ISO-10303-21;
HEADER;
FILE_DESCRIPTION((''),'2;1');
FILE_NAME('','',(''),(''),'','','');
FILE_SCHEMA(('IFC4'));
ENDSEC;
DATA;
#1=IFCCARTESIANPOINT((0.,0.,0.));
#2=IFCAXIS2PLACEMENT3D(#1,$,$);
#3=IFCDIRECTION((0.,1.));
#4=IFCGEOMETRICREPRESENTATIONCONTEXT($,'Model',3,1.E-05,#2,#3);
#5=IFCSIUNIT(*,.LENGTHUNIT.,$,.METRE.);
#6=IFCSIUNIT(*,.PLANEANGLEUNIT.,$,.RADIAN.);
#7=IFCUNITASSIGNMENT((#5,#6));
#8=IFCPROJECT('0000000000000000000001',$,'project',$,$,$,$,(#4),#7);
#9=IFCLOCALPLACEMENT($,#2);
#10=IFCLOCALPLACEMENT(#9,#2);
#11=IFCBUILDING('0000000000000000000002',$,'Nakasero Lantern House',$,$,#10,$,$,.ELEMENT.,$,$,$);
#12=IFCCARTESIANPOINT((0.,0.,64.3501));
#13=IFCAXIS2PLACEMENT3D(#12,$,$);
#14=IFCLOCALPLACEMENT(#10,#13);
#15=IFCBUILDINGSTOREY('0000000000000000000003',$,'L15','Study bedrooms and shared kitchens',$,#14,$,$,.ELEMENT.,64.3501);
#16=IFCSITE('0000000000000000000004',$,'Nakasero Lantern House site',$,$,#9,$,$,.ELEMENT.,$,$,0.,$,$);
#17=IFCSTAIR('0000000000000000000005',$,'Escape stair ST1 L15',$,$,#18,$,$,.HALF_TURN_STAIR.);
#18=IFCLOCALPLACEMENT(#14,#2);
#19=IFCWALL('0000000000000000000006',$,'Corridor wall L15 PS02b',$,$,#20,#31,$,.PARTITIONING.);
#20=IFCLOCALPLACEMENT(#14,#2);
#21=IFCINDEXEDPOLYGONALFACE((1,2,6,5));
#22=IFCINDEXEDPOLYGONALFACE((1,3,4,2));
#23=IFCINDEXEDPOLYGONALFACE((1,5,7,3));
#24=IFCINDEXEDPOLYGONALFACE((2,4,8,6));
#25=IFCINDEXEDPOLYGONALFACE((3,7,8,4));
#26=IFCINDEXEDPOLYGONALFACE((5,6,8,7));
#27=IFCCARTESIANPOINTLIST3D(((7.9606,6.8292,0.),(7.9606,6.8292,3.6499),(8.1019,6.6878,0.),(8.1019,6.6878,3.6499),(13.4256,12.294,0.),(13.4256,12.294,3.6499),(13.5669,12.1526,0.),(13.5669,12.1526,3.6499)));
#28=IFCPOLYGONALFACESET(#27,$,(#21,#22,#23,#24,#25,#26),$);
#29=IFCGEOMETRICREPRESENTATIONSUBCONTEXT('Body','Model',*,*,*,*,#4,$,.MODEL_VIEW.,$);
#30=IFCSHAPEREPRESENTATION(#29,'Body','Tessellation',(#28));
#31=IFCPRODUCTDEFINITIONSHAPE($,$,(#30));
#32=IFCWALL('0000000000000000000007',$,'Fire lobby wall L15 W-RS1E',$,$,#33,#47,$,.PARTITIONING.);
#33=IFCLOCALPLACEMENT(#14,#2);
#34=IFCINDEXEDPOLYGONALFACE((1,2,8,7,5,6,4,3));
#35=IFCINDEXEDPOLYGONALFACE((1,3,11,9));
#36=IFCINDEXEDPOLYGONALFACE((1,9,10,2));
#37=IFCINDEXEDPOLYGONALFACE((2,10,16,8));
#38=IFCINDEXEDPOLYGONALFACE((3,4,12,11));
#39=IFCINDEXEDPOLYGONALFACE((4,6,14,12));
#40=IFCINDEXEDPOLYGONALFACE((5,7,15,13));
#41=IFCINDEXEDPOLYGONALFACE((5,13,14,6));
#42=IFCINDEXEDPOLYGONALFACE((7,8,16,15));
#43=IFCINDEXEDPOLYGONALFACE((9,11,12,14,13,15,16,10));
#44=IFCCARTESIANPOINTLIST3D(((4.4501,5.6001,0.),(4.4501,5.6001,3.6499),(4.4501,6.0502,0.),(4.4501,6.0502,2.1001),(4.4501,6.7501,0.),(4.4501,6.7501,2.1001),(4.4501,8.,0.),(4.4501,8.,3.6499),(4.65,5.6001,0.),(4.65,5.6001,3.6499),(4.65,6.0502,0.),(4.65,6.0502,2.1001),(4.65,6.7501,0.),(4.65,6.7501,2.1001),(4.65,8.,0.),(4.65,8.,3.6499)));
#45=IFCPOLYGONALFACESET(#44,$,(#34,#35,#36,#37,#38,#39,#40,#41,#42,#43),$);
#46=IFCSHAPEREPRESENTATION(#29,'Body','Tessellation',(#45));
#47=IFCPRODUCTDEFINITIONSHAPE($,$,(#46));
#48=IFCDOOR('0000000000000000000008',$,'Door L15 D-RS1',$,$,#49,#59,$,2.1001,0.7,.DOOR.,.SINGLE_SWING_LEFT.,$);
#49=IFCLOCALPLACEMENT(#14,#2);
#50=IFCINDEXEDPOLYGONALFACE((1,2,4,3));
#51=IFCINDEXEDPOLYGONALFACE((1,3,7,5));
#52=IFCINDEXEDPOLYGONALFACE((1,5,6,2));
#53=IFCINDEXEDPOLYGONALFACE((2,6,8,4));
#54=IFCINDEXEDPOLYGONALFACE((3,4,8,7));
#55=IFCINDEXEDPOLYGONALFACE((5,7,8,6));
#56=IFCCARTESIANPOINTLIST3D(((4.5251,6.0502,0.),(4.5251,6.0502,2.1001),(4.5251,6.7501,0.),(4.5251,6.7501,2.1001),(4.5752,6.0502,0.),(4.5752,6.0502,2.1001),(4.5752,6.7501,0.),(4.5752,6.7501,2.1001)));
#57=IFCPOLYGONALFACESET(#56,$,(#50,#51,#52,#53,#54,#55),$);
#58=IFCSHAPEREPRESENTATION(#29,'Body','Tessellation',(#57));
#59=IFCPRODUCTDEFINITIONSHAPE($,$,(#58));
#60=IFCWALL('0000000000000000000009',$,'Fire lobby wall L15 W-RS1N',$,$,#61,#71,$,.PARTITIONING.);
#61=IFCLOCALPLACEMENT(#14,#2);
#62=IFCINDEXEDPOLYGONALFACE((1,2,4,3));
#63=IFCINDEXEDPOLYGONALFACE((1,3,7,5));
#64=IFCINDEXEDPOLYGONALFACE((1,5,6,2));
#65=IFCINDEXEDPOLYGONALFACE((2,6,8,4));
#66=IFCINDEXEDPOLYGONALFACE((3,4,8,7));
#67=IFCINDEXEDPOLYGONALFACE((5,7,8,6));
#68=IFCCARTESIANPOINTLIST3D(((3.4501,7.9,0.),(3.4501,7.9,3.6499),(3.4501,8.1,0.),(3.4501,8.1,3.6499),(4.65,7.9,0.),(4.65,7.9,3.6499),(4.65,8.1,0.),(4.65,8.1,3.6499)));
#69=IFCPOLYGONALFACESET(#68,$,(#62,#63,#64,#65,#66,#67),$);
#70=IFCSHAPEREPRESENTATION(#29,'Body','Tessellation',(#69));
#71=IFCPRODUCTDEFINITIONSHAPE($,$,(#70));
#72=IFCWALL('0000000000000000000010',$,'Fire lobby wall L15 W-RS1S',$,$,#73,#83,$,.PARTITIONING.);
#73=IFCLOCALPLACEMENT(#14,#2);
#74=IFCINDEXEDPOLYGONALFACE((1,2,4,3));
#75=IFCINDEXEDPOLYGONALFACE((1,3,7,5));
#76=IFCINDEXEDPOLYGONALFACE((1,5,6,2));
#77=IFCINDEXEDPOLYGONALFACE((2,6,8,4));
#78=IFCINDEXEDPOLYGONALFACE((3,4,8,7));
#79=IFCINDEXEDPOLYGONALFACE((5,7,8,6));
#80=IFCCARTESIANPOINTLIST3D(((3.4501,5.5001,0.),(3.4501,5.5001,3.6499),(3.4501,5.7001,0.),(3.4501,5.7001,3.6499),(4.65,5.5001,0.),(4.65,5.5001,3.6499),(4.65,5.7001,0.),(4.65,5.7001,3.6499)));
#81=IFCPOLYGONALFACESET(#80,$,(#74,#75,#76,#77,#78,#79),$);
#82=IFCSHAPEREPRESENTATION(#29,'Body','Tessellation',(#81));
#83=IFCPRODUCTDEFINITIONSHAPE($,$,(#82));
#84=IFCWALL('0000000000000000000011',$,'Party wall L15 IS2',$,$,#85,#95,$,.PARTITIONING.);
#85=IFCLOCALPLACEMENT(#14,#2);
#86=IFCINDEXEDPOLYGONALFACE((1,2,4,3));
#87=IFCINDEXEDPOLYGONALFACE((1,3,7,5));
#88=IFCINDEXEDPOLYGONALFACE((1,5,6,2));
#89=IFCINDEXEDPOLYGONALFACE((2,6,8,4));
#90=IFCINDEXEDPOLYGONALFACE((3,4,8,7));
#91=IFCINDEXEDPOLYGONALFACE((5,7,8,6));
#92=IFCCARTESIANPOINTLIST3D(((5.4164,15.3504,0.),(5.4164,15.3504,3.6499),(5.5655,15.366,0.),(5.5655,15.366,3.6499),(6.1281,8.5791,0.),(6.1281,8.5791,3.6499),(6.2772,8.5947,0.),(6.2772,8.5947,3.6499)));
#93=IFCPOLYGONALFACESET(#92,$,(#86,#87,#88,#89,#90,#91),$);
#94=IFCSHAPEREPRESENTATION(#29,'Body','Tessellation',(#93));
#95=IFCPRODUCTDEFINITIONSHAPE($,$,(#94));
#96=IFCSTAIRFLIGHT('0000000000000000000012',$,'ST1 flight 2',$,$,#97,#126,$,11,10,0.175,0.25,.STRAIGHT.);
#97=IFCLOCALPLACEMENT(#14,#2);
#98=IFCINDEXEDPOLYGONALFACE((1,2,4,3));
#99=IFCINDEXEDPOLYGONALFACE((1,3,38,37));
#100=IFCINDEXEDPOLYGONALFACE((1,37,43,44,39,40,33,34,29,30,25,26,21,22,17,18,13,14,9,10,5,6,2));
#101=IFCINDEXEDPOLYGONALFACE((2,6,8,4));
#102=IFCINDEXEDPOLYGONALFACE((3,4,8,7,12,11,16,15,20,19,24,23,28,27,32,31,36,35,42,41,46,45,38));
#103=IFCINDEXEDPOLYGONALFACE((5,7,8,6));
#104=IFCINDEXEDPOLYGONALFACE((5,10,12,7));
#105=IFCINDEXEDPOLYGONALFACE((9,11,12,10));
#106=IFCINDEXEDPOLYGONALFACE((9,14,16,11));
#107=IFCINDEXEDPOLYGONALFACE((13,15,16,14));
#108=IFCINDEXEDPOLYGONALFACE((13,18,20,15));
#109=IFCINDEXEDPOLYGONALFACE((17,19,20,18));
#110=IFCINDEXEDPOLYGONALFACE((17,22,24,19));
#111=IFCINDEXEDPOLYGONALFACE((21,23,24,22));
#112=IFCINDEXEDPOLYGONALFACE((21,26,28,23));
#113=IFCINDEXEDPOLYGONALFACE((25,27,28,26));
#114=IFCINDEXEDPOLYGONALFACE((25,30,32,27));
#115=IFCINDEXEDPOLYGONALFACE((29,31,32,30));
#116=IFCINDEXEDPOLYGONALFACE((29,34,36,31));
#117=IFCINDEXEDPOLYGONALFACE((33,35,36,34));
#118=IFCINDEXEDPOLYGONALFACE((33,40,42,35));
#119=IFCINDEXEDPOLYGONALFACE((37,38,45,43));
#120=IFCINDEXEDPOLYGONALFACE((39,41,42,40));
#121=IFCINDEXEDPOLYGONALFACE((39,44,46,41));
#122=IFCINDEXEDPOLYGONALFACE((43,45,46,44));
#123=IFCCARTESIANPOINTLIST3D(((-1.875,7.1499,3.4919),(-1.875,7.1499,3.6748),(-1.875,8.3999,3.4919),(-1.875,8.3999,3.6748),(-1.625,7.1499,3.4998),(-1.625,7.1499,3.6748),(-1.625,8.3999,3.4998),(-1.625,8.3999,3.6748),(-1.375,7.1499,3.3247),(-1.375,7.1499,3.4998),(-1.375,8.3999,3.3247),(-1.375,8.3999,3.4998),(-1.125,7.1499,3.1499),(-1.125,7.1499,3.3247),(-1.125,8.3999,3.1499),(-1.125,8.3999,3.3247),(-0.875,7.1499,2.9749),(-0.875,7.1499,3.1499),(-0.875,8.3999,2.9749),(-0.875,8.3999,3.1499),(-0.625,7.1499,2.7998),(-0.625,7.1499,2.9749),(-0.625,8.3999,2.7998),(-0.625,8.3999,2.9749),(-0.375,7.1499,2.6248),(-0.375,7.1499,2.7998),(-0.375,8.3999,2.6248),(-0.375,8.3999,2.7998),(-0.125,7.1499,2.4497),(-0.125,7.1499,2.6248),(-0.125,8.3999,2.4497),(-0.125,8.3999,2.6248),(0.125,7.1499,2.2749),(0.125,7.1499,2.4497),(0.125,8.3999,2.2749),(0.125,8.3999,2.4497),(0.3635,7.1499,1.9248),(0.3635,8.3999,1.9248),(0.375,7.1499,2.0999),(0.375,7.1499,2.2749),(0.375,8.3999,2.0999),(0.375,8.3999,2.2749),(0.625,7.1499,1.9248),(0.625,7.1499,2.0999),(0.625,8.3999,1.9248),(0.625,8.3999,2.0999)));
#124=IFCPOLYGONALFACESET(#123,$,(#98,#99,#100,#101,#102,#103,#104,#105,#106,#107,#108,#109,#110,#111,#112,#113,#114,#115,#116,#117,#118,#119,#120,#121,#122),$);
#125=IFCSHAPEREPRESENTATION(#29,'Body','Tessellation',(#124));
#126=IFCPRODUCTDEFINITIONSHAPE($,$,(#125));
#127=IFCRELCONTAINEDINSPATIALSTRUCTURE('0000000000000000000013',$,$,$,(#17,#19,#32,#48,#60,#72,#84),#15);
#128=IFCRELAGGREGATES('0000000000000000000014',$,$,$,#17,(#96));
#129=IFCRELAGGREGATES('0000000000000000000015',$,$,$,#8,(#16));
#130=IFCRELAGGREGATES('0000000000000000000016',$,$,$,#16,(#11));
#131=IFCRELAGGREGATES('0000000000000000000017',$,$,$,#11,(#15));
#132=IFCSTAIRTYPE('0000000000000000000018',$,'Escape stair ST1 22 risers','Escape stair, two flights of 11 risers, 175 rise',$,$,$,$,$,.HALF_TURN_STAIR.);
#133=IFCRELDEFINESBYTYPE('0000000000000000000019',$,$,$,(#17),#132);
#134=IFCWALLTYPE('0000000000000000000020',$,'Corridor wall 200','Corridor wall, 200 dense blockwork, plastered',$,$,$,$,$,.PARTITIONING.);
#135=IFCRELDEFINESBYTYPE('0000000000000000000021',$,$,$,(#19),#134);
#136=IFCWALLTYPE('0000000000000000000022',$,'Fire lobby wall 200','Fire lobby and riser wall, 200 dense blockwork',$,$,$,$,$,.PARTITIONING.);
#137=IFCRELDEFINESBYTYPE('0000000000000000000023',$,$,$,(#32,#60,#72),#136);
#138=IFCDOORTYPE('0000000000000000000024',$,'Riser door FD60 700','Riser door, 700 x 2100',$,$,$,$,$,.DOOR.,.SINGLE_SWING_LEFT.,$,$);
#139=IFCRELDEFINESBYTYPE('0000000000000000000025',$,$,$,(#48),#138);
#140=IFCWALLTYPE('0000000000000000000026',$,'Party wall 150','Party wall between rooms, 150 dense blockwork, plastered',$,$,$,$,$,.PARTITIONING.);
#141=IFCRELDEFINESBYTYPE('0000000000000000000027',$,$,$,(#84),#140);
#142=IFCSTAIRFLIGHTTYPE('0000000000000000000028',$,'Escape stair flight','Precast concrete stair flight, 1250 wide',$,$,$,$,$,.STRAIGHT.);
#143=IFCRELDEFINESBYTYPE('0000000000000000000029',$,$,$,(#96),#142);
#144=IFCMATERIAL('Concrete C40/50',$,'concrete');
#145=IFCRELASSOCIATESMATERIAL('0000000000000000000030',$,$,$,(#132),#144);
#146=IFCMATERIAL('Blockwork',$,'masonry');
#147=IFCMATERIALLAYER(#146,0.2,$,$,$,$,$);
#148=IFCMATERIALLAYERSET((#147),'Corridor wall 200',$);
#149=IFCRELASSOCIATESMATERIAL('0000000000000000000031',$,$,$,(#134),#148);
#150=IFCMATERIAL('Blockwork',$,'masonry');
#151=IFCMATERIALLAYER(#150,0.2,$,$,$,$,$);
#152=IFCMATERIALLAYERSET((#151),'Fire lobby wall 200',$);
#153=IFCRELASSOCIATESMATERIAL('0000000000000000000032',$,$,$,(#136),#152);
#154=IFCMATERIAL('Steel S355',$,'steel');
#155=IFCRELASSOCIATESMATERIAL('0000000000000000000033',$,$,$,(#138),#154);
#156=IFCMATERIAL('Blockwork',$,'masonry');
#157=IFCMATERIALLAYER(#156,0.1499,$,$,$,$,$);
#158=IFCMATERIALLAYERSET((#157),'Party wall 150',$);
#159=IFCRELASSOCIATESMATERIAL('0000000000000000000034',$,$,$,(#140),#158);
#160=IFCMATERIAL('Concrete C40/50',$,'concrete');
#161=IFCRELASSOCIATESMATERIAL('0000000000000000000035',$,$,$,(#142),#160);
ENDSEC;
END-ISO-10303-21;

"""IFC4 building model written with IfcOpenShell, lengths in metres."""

from ifc_helpers import new_model, si_unit, direction, frame, frame_2d, origin, place, context, subcontext, project, spatial, polyline, rectangle, outline, extrude, material, layer, layer_set, type_object, element, fill, aggregate, save


model = new_model("IFC4")

# Units and contexts
model_context = context("Model", 3, precision=1e-05, world=origin(), true_north=direction((0.0, 1.0)))
body_context = subcontext(model_context, "Body", "Model", "MODEL_VIEW")
ifc_project = project(units=[si_unit("LENGTHUNIT", "METRE"), si_unit("PLANEANGLEUNIT", "RADIAN")], contexts=[model_context])

# Site, building, storey
site_placement = place(None, origin())
site = spatial("IfcSite", under=ifc_project, at=site_placement, Name="Nakasero Lantern House site", CompositionType="ELEMENT", RefElevation=0.0)
building_placement = place(site_placement, origin())
building = spatial("IfcBuilding", under=site, at=building_placement, Name="Nakasero Lantern House", CompositionType="ELEMENT")
storey_placement = place(building_placement, frame((0.0, 0.0, 64.3501)))
storey = spatial("IfcBuildingStorey", under=building, at=storey_placement, Name="L15", Description="Study bedrooms and shared kitchens", CompositionType="ELEMENT", Elevation=64.3501)

# Stair
ifc_material_1 = material(Name="Concrete C40/50", Category="concrete")
stair_type_1 = type_object("IfcStairType", Name="Escape stair ST1 22 risers", Description="Escape stair, two flights of 11 risers, 175 rise", PredefinedType="HALF_TURN_STAIR", material=ifc_material_1)
stair_1_placement = place(storey_placement, origin())
stair_1 = element("IfcStair", 1, at=stair_1_placement, inside=storey, type_object=stair_type_1, Name="Escape stair ST1 L15", PredefinedType="HALF_TURN_STAIR")

# Wall
ifc_material_2 = material(Name="Blockwork", Category="masonry")
ifc_layer_1 = layer(ifc_material_2, 0.2)
ifc_layer_set_1 = layer_set([ifc_layer_1], Name="Corridor wall 200")
wall_type_1 = type_object("IfcWallType", Name="Corridor wall 200", Description="Corridor wall, 200 dense blockwork, plastered", PredefinedType="PARTITIONING", material=ifc_layer_set_1)
wall_1_placement = place(storey_placement, frame((8.0312, 6.7585, 0.0), z_axis=(0.0, 0.0, 1.0), x_axis=(0.707123, 0.707091, 0.0)))
element("IfcWall", 2, at=wall_1_placement, inside=storey, type_object=wall_type_1, Name="Corridor wall L15 PS02b", PredefinedType="PARTITIONING", context=body_context, shape_type="SweptSolid", body=[
    extrude(rectangle(XDim=7.7285, YDim=0.2, at=frame_2d((3.8643, 0.0))), origin(), (0.0, 0.0, 1.0), 3.6499),
])

# Wall, opening, door
ifc_material_3 = material(Name="Blockwork", Category="masonry")
ifc_layer_2 = layer(ifc_material_3, 0.2)
ifc_layer_set_2 = layer_set([ifc_layer_2], Name="Fire lobby wall 200")
wall_type_2 = type_object("IfcWallType", Name="Fire lobby wall 200", Description="Fire lobby and riser wall, 200 dense blockwork", PredefinedType="PARTITIONING", material=ifc_layer_set_2)
wall_2_placement = place(storey_placement, frame((4.55, 5.6001, 0.0), z_axis=(0.0, 0.0, 1.0), x_axis=(0.0, 1.0, 0.0)))
wall_2 = element("IfcWall", 3, at=wall_2_placement, inside=storey, type_object=wall_type_2, Name="Fire lobby wall L15 W-RS1E", PredefinedType="PARTITIONING", context=body_context, shape_type="SweptSolid", body=[
    extrude(rectangle(XDim=2.3999, YDim=0.2, at=frame_2d((1.2, 0.0))), origin(), (0.0, 0.0, 1.0), 3.6499),
])
opening_1_placement = place(wall_2_placement, frame((0.45, 0.0, 0.0)))
opening_1 = element("IfcOpeningElement", 4, at=opening_1_placement, cuts=wall_2, PredefinedType="OPENING", context=body_context, shape_type="SweptSolid", body=[
    extrude(rectangle(XDim=0.7, YDim=2.1001, at=frame_2d((0.3501, 1.05))), frame((0.0, 0.1199, 0.0), z_axis=(0.0, -1.0, 0.0), x_axis=(1.0, 0.0, 0.0)), (0.0, 0.0, 1.0), 0.24),
])
ifc_material_4 = material(Name="Steel S355", Category="steel")
door_type_1 = type_object("IfcDoorType", Name="Riser door FD60 700", Description="Riser door, 700 x 2100", OperationType="SINGLE_SWING_LEFT", PredefinedType="DOOR", material=ifc_material_4)
door_1_placement = place(opening_1_placement, origin())
door_1 = element("IfcDoor", 5, at=door_1_placement, inside=storey, type_object=door_type_1, Name="Door L15 D-RS1", OperationType="SINGLE_SWING_LEFT", OverallHeight=2.1001, OverallWidth=0.7, PredefinedType="DOOR", context=body_context, shape_type="SweptSolid", body=[
    extrude(rectangle(XDim=0.7, YDim=2.1001, at=frame_2d((0.3501, 1.05))), frame((0.0, 0.0249, 0.0), z_axis=(0.0, -1.0, 0.0), x_axis=(1.0, 0.0, 0.0)), (0.0, 0.0, 1.0), 0.05),
])
fill(opening_1, door_1)

# Walls
for number, where, z_axis, x_axis, name in (
    (6, (3.45, 8.0, 0.0), (0.0, 0.0, 1.0), (1.0, 0.0, 0.0), "Fire lobby wall L15 W-RS1N"),
    (7, (3.45, 5.6001, 0.0), (0.0, 0.0, 1.0), (1.0, 0.0, 0.0), "Fire lobby wall L15 W-RS1S"),
):
    element("IfcWall", number, at=place(storey_placement, frame(where, z_axis=z_axis, x_axis=x_axis)), inside=storey, type_object=wall_type_2, Name=name, PredefinedType="PARTITIONING", context=body_context, shape_type="SweptSolid", body=[
        extrude(rectangle(XDim=1.2, YDim=0.2, at=frame_2d((0.6001, 0.0))), origin(), (0.0, 0.0, 1.0), 3.6499),
    ])
ifc_material_5 = material(Name="Blockwork", Category="masonry")
ifc_layer_3 = layer(ifc_material_5, 0.1499)
ifc_layer_set_3 = layer_set([ifc_layer_3], Name="Party wall 150")
wall_type_3 = type_object("IfcWallType", Name="Party wall 150", Description="Party wall between rooms, 150 dense blockwork, plastered", PredefinedType="PARTITIONING", material=ifc_layer_set_3)
wall_3_placement = place(storey_placement, frame((6.2026, 8.5869, 0.0), z_axis=(0.0, 0.0, 1.0), x_axis=(-0.104526, 0.994522, 0.0)))
element("IfcWall", 8, at=wall_3_placement, inside=storey, type_object=wall_type_3, Name="Party wall L15 IS2", PredefinedType="PARTITIONING", context=body_context, shape_type="SweptSolid", body=[
    extrude(rectangle(XDim=6.8086, YDim=0.1499, at=frame_2d((3.4043, 0.0))), origin(), (0.0, 0.0, 1.0), 3.6499),
])

# Stair flight
ifc_material_6 = material(Name="Concrete C40/50", Category="concrete")
stair_flight_type = type_object("IfcStairFlightType", Name="Escape stair flight", Description="Precast concrete stair flight, 1250 wide", PredefinedType="STRAIGHT", material=ifc_material_6)
stair_flight_placement = place(storey_placement, frame((0.625, 7.7749, 1.9248), z_axis=(0.0, 0.0, 1.0), x_axis=(-1.0, 0.0, 0.0)))
stair_flight = element("IfcStairFlight", 9, at=stair_flight_placement, type_object=stair_flight_type, Name="ST1 flight 2", NumberOfRisers=11, NumberOfTreads=10, PredefinedType="STRAIGHT", RiserHeight=0.175, TreadLength=0.25, context=body_context, shape_type="SweptSolid", body=[
    extrude(outline(polyline([(0.0, 0.0), (0.0, 0.175), (0.25, 0.175), (0.25, 0.3501), (0.5, 0.3501), (0.5, 0.5249), (0.75, 0.5249), (0.75, 0.7), (1.0, 0.7), (1.0, 0.875), (1.25, 0.875), (1.25, 1.05), (1.5, 1.05), (1.5, 1.2251), (1.75, 1.2251), (1.75, 1.3999), (2.0, 1.3999), (2.0, 1.575), (2.25, 1.575), (2.25, 1.75), (2.5, 1.75), (2.5, 1.925), (2.5, 1.5671), (0.2615, 0.0), (0.0, 0.0)])), frame((0.0, 0.625, 0.0), z_axis=(0.0, -1.0, 0.0), x_axis=(1.0, 0.0, 0.0)), (0.0, 0.0, 1.0), 1.25),
])
aggregate(stair_1, [stair_flight])

save(model, "model.ifc")
